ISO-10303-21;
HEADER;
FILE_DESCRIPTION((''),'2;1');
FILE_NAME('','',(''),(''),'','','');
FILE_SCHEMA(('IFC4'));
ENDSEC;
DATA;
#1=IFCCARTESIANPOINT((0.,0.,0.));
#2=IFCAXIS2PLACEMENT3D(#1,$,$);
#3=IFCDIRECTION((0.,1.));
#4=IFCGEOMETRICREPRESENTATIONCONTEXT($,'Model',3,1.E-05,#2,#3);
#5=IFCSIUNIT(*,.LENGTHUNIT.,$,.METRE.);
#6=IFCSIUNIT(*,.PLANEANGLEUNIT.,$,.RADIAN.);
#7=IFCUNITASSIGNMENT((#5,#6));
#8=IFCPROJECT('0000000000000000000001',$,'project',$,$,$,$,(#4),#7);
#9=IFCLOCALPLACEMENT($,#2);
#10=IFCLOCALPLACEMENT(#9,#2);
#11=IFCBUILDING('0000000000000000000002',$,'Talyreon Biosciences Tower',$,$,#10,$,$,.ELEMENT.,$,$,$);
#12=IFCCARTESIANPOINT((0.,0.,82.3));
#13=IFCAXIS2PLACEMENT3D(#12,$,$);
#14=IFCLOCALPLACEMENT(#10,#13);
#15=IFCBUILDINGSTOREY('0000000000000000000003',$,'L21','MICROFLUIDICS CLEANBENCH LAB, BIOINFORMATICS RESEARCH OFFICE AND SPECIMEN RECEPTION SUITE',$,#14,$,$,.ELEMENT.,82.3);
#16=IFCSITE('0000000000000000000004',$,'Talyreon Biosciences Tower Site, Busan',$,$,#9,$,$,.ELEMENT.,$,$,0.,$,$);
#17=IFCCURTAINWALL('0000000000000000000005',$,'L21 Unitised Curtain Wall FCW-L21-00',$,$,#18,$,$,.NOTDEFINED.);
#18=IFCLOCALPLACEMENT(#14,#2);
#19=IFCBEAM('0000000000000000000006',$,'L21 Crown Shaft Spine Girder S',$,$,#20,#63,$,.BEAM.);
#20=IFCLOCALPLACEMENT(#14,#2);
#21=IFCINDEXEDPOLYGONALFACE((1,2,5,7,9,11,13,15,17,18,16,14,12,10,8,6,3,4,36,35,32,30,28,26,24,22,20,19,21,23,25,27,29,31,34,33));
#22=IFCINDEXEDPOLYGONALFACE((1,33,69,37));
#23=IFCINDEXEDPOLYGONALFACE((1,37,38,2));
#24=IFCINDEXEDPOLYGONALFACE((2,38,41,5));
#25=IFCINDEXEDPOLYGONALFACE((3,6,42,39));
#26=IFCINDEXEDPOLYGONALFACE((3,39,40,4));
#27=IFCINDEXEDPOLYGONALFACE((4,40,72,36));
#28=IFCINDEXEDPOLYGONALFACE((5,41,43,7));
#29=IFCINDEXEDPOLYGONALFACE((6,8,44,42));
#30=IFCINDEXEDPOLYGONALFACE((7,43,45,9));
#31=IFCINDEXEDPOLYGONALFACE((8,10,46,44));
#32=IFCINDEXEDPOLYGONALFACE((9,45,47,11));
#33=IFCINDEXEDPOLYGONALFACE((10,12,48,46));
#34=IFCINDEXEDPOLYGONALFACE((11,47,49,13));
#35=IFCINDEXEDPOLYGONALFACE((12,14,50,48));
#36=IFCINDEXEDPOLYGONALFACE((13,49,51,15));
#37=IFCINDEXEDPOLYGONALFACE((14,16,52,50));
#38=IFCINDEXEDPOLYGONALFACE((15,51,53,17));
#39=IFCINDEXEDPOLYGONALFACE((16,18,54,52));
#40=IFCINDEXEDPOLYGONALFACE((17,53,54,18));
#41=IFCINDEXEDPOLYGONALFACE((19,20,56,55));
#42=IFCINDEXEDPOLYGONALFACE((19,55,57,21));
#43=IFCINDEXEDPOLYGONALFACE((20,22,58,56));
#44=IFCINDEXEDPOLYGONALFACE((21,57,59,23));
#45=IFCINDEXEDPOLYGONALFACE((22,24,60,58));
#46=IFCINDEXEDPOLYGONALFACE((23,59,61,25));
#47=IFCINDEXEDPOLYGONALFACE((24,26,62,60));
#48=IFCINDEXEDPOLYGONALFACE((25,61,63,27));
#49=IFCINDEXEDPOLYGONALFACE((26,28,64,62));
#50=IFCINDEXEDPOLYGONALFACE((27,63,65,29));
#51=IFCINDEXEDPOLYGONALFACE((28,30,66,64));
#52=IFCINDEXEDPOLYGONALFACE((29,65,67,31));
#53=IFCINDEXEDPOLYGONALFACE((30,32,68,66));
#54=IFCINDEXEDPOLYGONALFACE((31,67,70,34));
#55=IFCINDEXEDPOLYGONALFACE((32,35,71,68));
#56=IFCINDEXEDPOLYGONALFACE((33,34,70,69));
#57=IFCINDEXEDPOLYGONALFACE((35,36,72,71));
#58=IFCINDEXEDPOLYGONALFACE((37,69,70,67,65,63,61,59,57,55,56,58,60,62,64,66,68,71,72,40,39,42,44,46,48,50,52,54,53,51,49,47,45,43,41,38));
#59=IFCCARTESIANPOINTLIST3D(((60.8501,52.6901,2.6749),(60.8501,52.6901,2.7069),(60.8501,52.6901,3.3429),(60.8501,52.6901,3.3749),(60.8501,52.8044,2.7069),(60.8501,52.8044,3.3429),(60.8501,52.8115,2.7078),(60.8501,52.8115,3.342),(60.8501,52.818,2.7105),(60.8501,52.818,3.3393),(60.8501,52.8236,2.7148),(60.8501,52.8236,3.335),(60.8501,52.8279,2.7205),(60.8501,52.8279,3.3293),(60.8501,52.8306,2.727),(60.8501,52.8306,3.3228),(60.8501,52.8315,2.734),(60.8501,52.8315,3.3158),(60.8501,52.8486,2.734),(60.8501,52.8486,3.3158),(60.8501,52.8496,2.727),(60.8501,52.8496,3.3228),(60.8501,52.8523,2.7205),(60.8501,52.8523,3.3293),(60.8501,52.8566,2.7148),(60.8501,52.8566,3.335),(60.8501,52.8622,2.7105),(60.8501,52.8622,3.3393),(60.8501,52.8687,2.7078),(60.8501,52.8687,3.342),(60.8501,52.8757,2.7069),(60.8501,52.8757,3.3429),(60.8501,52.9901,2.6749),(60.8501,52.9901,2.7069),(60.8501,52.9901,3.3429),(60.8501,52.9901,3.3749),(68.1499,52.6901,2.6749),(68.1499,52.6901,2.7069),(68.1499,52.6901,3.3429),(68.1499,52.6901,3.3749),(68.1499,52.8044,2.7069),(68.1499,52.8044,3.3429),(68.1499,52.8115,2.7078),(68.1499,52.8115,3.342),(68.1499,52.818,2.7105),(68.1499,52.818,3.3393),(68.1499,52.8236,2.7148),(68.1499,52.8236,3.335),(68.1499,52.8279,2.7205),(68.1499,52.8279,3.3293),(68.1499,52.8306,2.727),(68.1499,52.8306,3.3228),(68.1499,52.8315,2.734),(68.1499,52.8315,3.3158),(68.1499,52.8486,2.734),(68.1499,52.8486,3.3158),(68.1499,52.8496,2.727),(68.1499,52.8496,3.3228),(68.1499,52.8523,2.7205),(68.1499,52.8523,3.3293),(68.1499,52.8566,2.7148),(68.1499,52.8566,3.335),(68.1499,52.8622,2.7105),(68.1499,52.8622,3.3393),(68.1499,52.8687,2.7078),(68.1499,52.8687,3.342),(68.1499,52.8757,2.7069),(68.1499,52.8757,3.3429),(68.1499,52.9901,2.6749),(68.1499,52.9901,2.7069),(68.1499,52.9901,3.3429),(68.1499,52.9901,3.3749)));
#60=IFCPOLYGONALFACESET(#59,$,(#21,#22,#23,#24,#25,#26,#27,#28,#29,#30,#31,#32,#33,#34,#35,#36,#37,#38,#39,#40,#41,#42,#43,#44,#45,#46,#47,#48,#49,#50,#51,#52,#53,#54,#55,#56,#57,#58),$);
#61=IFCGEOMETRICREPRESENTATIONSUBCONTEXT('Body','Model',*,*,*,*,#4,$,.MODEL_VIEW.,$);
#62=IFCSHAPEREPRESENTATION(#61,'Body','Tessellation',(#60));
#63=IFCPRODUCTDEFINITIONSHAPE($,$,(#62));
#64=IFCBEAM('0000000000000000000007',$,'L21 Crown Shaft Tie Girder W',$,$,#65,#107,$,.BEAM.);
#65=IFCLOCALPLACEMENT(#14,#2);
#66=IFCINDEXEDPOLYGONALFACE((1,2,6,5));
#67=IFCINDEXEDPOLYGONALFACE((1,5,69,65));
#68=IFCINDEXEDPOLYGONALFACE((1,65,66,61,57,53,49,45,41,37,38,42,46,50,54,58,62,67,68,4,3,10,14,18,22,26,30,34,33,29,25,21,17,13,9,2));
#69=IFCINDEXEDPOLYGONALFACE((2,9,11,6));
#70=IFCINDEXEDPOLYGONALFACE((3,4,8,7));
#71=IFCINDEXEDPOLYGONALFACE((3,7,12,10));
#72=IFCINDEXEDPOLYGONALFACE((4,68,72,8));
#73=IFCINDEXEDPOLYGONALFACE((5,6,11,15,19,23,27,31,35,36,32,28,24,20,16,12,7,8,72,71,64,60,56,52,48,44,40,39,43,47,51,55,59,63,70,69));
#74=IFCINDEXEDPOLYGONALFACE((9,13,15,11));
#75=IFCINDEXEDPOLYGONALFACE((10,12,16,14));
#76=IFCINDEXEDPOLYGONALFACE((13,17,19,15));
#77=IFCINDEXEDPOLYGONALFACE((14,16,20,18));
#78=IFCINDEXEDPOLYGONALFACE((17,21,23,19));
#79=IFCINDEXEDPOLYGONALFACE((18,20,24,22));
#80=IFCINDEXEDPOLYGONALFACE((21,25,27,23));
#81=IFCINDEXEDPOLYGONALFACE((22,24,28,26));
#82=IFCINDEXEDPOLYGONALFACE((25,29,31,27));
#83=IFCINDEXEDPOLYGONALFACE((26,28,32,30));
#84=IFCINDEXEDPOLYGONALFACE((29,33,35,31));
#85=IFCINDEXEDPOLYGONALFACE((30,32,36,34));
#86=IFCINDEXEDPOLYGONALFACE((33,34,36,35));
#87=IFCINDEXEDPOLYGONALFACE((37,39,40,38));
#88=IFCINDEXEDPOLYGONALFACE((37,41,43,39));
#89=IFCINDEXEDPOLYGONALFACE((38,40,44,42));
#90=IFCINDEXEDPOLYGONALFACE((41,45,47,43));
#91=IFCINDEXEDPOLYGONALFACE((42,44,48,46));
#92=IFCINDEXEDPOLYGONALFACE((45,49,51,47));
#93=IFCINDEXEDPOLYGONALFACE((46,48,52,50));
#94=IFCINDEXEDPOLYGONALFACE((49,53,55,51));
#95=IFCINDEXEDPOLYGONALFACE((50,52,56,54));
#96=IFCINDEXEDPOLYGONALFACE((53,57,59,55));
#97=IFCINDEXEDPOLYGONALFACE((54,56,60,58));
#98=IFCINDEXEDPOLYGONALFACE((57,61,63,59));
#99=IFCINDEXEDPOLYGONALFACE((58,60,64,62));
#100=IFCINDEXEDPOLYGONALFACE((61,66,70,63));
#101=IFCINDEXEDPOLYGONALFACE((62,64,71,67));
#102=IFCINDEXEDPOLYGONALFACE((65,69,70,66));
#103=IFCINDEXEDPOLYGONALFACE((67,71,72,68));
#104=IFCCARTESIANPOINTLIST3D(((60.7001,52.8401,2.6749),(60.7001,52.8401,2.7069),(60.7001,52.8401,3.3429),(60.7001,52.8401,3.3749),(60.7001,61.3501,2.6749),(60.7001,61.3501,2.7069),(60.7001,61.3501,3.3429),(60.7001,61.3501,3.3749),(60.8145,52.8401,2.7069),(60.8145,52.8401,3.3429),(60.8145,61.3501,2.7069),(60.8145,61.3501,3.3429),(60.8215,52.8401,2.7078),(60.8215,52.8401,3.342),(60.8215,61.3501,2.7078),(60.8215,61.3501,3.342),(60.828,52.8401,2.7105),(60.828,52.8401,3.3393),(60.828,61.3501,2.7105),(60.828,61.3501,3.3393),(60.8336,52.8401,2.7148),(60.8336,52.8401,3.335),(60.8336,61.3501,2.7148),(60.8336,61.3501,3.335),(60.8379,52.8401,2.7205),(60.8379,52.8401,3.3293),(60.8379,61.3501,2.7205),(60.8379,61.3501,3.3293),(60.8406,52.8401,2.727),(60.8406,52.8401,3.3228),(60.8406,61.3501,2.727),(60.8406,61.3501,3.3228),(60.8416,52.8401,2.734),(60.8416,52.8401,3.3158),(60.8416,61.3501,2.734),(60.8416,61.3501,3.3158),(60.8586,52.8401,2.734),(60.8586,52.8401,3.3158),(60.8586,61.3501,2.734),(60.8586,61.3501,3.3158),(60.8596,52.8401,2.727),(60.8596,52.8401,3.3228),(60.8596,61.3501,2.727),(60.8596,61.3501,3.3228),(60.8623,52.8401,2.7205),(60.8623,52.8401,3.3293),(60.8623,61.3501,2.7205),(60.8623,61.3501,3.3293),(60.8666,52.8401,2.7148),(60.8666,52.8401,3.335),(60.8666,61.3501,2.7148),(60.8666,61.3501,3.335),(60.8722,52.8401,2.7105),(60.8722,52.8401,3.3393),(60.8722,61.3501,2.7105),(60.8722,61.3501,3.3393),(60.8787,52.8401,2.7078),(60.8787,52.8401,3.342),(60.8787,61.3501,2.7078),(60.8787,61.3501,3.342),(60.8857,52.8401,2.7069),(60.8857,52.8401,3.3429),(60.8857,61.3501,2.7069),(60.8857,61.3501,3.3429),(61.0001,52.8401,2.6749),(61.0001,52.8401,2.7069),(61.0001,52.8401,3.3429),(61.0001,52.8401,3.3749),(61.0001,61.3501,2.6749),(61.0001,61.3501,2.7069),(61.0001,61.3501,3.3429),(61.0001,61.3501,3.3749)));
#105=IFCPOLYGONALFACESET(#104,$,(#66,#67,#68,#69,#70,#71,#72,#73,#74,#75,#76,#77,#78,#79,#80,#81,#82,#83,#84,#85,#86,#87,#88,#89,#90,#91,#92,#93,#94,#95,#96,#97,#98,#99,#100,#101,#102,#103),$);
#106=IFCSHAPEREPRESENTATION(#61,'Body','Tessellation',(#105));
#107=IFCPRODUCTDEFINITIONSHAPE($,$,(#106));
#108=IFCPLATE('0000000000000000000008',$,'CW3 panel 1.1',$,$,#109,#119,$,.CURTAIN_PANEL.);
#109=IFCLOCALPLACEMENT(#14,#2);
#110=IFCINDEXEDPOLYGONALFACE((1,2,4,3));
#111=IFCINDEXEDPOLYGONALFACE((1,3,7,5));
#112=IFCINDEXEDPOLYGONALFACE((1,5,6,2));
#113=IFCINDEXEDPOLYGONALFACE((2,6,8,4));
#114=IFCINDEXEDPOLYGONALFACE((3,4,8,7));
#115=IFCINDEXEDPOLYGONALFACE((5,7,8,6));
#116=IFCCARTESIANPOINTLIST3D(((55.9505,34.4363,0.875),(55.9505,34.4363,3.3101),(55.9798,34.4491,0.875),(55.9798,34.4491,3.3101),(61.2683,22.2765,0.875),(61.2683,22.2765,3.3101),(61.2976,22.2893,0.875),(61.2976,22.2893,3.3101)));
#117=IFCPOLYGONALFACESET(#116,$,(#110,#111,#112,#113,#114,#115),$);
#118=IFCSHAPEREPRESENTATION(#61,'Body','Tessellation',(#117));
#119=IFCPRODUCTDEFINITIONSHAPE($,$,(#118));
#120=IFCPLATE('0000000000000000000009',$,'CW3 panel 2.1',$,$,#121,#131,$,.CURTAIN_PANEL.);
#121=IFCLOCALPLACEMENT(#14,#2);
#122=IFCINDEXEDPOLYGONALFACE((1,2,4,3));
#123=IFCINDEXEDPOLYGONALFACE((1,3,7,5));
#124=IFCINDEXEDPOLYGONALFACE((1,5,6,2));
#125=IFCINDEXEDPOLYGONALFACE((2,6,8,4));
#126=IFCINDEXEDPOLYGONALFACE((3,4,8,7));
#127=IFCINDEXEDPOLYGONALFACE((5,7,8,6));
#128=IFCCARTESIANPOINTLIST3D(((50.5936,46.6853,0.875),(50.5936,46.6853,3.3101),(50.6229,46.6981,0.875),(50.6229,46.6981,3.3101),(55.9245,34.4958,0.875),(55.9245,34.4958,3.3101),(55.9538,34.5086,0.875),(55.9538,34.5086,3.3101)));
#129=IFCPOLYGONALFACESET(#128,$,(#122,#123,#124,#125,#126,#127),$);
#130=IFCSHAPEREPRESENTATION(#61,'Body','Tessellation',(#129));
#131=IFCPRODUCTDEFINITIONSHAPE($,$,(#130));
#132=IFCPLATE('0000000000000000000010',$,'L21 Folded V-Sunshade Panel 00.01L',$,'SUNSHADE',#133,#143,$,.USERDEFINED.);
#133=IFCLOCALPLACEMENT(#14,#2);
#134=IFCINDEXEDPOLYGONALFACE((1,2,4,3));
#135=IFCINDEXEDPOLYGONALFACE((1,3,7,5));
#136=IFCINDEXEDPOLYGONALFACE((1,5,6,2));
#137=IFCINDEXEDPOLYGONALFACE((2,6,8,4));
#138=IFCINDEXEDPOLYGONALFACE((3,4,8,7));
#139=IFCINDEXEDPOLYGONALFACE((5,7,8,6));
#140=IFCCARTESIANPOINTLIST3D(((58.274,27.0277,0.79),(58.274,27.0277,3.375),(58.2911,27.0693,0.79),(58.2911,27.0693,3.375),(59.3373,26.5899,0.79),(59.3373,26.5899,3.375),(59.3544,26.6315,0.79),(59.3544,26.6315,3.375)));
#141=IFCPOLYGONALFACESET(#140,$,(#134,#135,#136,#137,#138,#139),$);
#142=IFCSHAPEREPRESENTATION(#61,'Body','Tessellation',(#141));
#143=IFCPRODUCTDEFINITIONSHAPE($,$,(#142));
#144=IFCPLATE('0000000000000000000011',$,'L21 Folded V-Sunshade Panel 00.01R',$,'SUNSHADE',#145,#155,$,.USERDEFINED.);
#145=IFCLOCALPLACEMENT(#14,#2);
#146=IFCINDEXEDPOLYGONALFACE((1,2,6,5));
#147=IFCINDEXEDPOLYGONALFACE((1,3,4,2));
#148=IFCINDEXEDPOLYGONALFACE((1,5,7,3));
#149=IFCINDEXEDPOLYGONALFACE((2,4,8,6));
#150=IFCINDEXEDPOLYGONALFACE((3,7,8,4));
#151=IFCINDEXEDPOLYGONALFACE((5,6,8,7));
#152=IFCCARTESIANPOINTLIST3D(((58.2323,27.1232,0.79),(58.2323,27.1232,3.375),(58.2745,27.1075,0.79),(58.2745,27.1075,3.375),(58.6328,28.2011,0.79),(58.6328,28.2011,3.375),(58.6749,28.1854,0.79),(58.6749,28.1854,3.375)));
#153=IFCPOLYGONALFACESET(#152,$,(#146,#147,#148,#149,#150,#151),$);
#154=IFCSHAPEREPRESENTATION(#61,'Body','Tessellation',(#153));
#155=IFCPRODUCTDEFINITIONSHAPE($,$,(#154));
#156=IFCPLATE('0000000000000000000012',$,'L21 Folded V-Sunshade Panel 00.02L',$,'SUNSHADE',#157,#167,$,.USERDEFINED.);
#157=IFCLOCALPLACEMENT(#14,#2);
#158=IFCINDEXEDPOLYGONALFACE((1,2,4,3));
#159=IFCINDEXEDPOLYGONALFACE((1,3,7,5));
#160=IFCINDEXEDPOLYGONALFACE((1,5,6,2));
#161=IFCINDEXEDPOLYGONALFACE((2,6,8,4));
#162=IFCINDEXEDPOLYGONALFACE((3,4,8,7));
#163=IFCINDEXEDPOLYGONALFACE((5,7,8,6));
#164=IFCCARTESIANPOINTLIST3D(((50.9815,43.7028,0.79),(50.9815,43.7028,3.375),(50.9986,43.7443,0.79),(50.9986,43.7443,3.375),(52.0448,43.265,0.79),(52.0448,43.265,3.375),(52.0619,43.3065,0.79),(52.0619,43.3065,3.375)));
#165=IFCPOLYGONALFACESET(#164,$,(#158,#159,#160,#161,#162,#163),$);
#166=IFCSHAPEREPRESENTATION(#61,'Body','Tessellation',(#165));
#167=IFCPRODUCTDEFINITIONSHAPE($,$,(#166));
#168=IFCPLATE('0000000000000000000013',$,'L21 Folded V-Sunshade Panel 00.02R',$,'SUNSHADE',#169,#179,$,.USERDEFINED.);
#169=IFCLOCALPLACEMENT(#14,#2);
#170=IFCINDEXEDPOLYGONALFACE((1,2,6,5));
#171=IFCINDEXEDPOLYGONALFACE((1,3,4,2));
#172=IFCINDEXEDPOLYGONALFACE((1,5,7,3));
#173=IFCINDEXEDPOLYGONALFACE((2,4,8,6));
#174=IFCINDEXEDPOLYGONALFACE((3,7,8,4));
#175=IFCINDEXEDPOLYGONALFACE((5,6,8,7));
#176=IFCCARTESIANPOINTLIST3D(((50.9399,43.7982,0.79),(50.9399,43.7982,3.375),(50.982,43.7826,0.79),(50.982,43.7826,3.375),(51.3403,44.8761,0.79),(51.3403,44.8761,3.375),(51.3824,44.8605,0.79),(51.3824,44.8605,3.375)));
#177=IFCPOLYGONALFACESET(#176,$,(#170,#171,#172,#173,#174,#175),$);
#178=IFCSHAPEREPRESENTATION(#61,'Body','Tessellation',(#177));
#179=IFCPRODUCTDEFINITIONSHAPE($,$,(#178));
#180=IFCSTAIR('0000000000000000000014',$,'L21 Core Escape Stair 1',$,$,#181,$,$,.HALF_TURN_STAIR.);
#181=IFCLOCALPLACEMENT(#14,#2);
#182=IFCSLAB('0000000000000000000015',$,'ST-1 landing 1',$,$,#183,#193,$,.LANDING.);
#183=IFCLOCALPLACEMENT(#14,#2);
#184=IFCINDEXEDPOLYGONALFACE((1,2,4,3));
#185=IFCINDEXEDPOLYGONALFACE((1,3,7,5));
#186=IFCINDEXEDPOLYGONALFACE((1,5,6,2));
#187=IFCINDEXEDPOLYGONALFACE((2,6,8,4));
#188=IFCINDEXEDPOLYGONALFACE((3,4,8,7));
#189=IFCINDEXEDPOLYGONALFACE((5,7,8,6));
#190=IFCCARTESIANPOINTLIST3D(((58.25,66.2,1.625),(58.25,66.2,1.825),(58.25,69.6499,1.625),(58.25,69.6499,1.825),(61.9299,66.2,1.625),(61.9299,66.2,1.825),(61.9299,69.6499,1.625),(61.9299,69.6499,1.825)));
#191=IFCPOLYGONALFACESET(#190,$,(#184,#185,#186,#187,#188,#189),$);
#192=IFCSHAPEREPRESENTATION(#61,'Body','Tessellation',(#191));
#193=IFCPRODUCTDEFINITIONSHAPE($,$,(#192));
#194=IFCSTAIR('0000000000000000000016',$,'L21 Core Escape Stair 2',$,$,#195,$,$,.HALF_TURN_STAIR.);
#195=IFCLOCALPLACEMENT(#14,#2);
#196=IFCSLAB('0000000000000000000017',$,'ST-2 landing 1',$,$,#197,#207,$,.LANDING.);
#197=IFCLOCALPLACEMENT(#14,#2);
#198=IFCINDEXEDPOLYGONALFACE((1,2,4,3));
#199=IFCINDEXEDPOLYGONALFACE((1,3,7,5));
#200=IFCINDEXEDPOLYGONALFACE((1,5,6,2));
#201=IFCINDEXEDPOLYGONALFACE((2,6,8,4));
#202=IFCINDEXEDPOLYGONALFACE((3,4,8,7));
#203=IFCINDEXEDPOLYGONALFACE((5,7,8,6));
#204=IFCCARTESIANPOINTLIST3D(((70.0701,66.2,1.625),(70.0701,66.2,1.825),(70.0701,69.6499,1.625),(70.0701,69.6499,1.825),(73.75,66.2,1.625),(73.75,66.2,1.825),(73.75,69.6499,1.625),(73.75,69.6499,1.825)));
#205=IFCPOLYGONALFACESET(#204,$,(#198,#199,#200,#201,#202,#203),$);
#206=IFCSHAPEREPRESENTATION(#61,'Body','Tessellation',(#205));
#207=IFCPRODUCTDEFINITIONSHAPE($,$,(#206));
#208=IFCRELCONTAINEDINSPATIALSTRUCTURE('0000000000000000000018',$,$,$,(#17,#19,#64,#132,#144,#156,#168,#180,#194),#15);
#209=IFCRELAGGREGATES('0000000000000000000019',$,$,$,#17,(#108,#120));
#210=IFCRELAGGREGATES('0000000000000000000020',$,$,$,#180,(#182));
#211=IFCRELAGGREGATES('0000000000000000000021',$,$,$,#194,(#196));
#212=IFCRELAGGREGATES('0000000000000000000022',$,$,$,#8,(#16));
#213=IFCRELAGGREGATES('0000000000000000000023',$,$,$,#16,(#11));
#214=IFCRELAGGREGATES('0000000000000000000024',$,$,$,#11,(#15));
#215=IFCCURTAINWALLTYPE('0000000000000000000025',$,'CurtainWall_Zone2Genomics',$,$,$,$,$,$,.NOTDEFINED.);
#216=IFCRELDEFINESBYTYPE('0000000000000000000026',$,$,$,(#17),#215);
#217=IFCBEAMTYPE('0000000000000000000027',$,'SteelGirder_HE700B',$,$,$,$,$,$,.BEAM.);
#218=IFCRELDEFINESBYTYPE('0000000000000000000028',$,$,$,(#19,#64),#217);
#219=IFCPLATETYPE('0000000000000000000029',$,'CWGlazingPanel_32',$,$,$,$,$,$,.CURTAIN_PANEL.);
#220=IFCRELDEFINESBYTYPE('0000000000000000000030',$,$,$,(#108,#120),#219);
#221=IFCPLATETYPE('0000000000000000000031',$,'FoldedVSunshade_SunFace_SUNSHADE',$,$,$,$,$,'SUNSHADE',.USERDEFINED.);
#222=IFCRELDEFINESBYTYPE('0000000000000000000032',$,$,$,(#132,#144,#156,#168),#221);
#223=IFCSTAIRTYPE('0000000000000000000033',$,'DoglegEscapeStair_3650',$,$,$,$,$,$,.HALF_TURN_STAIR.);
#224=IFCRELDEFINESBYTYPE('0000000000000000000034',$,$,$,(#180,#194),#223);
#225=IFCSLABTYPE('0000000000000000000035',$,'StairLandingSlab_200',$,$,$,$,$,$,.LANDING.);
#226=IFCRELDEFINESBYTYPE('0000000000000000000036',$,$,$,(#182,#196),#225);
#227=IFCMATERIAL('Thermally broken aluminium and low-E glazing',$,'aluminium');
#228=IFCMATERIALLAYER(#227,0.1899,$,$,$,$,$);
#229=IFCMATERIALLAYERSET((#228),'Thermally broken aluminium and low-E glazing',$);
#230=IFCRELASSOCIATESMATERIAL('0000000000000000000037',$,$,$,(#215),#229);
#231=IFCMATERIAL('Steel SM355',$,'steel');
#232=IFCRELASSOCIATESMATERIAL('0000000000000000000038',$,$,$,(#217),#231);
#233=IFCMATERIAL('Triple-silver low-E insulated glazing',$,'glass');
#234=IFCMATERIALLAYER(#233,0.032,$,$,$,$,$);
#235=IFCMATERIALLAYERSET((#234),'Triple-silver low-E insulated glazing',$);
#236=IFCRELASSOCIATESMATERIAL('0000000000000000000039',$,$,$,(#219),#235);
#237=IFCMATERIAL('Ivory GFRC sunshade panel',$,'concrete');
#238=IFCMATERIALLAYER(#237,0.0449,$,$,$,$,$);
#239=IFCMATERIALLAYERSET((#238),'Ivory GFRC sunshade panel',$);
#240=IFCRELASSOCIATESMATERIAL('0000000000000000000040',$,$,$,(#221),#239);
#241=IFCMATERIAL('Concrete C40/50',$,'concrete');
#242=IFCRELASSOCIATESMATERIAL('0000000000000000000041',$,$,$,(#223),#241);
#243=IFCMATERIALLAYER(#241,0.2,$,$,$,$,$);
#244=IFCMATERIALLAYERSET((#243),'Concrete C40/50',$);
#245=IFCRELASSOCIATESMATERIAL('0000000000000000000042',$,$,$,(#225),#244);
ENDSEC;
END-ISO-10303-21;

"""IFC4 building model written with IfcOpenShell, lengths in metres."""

from ifc_helpers import new_model, si_unit, direction, frame, origin, origin_2d, place, context, subcontext, project, spatial, polyline, rectangle, i_section, outline, extrude, material, layer, layer_set, material_profile, profile_set, type_object, element, aggregate, save


model = new_model("IFC4")

# Units and contexts
model_context = context("Model", 3, precision=1e-05, world=origin(), true_north=direction((0.0, 1.0)))
body_context = subcontext(model_context, "Body", "Model", "MODEL_VIEW")
ifc_project = project(units=[si_unit("LENGTHUNIT", "METRE"), si_unit("PLANEANGLEUNIT", "RADIAN")], contexts=[model_context])

# Site, building, storey
site_placement = place(None, origin())
site = spatial("IfcSite", under=ifc_project, at=site_placement, Name="Talyreon Biosciences Tower Site, Busan", CompositionType="ELEMENT", RefElevation=0.0)
building_placement = place(site_placement, origin())
building = spatial("IfcBuilding", under=site, at=building_placement, Name="Talyreon Biosciences Tower", CompositionType="ELEMENT")
storey_placement = place(building_placement, frame((0.0, 0.0, 82.3)))
storey = spatial("IfcBuildingStorey", under=building, at=storey_placement, Name="L21", Description="MICROFLUIDICS CLEANBENCH LAB, BIOINFORMATICS RESEARCH OFFICE AND SPECIMEN RECEPTION SUITE", CompositionType="ELEMENT", Elevation=82.3)

# Curtain wall
ifc_material_1 = material(Name="Thermally broken aluminium and low-E glazing", Category="aluminium")
ifc_layer_1 = layer(ifc_material_1, 0.1899)
ifc_layer_set_1 = layer_set([ifc_layer_1], Name="Thermally broken aluminium and low-E glazing")
curtain_wall_type = type_object("IfcCurtainWallType", Name="CurtainWall_Zone2Genomics", PredefinedType="NOTDEFINED", material=ifc_layer_set_1)
curtain_wall_placement = place(storey_placement, origin())
curtain_wall = element("IfcCurtainWall", 1, at=curtain_wall_placement, inside=storey, type_object=curtain_wall_type, Name="L21 Unitised Curtain Wall FCW-L21-00", PredefinedType="NOTDEFINED")

# Beams
ifc_material_2 = material(Name="Steel SM355", Category="steel")
ifc_material_profile_1 = material_profile(ifc_material_2, i_section(OverallWidth=0.3, OverallDepth=0.7, WebThickness=0.0171, FlangeThickness=0.032, FilletRadius=0.0271, at=origin_2d()), Name="HE700B")
ifc_profile_set_1 = profile_set([ifc_material_profile_1], Name="Steel SM355")
beam_type_1 = type_object("IfcBeamType", Name="SteelGirder_HE700B", PredefinedType="BEAM", material=ifc_profile_set_1)
beam_1_placement = place(storey_placement, frame((60.8501, 52.8401, 3.0249), z_axis=(1.0, 0.0, 0.0), x_axis=(0.0, 1.0, 0.0)))
element("IfcBeam", 2, at=beam_1_placement, inside=storey, type_object=beam_type_1, Name="L21 Crown Shaft Spine Girder S", PredefinedType="BEAM", context=body_context, shape_type="SweptSolid", body=[
    extrude(i_section(OverallWidth=0.3, OverallDepth=0.7, WebThickness=0.0171, FlangeThickness=0.032, FilletRadius=0.0271, at=origin_2d()), origin(), (0.0, 0.0, 1.0), 7.2998),
])
beam_2_placement = place(storey_placement, frame((60.8501, 52.8401, 3.0249), z_axis=(0.0, 1.0, 0.0), x_axis=(-1.0, 0.0, 0.0)))
element("IfcBeam", 3, at=beam_2_placement, inside=storey, type_object=beam_type_1, Name="L21 Crown Shaft Tie Girder W", PredefinedType="BEAM", context=body_context, shape_type="SweptSolid", body=[
    extrude(i_section(OverallWidth=0.3, OverallDepth=0.7, WebThickness=0.0171, FlangeThickness=0.032, FilletRadius=0.0271, at=origin_2d()), origin(), (0.0, 0.0, 1.0), 8.51),
])

# Plates
ifc_material_3 = material(Name="Triple-silver low-E insulated glazing", Category="glass")
ifc_layer_2 = layer(ifc_material_3, 0.032)
ifc_layer_set_2 = layer_set([ifc_layer_2], Name="Triple-silver low-E insulated glazing")
plate_type_1 = type_object("IfcPlateType", Name="CWGlazingPanel_32", PredefinedType="CURTAIN_PANEL", material=ifc_layer_set_2)
plate_1_placement = place(storey_placement, frame((58.624, 28.3628, 0.875), z_axis=(0.0, 0.0, 1.0), x_axis=(-0.400689, 0.916214, 0.0)))
plate_1 = element("IfcPlate", 4, at=plate_1_placement, type_object=plate_type_1, Name="CW3 panel 1.1", PredefinedType="CURTAIN_PANEL", context=body_context, shape_type="SweptSolid", body=[
    extrude(rectangle(XDim=13.2717, YDim=0.032, at=origin_2d()), origin(), (0.0, 0.0, 1.0), 2.4351),
])
plate_2_placement = place(storey_placement, frame((53.2737, 40.5969, 0.875), z_axis=(0.0, 0.0, 1.0), x_axis=(-0.400689, 0.916214, 0.0)))
plate_2 = element("IfcPlate", 5, at=plate_2_placement, type_object=plate_type_1, Name="CW3 panel 2.1", PredefinedType="CURTAIN_PANEL", context=body_context, shape_type="SweptSolid", body=[
    extrude(rectangle(XDim=13.3042, YDim=0.032, at=origin_2d()), origin(), (0.0, 0.0, 1.0), 2.4351),
])
aggregate(curtain_wall, [plate_1, plate_2])

# Plates
ifc_material_4 = material(Name="Ivory GFRC sunshade panel", Category="concrete")
ifc_layer_3 = layer(ifc_material_4, 0.0449)
ifc_layer_set_3 = layer_set([ifc_layer_3], Name="Ivory GFRC sunshade panel")
plate_type_2 = type_object("IfcPlateType", Name="FoldedVSunshade_SunFace_SUNSHADE", ElementType="SUNSHADE", PredefinedType="USERDEFINED", material=ifc_layer_set_3)
for number, where, z_axis, x_axis, name in (
    (6, (58.8142, 26.8296, 0.79), (0.0, 0.0, 1.0), (-0.924686, 0.380731, 0.0), "L21 Folded V-Sunshade Panel 00.01L"),
    (7, (58.4536, 27.6543, 0.79), (0.0, 0.0, 1.0), (0.348228, 0.93741, 0.0), "L21 Folded V-Sunshade Panel 00.01R"),
    (8, (51.5217, 43.5046, 0.79), (0.0, 0.0, 1.0), (-0.924686, 0.380731, 0.0), "L21 Folded V-Sunshade Panel 00.02L"),
    (9, (51.1611, 44.3293, 0.79), (0.0, 0.0, 1.0), (0.348228, 0.93741, 0.0), "L21 Folded V-Sunshade Panel 00.02R"),
):
    element("IfcPlate", number, at=place(storey_placement, frame(where, z_axis=z_axis, x_axis=x_axis)), inside=storey, type_object=plate_type_2, Name=name, ObjectType="SUNSHADE", PredefinedType="USERDEFINED", context=body_context, shape_type="SweptSolid", body=[
        extrude(rectangle(XDim=1.1499, YDim=0.0449, at=origin_2d()), origin(), (0.0, 0.0, 1.0), 2.585),
    ])

# Stairs, slabs
ifc_material_5 = material(Name="Concrete C40/50", Category="concrete")
stair_type = type_object("IfcStairType", Name="DoglegEscapeStair_3650", PredefinedType="HALF_TURN_STAIR", material=ifc_material_5)
stair_1_placement = place(storey_placement, origin())
stair_1 = element("IfcStair", 10, at=stair_1_placement, inside=storey, type_object=stair_type, Name="L21 Core Escape Stair 1", PredefinedType="HALF_TURN_STAIR")
ifc_layer_4 = layer(ifc_material_5, 0.2)
ifc_layer_set_4 = layer_set([ifc_layer_4], Name="Concrete C40/50")
slab_type_1 = type_object("IfcSlabType", Name="StairLandingSlab_200", PredefinedType="LANDING", material=ifc_layer_set_4)
slab_1_placement = place(storey_placement, frame((0.0, 0.0, 1.625)))
slab_1 = element("IfcSlab", 11, at=slab_1_placement, type_object=slab_type_1, Name="ST-1 landing 1", PredefinedType="LANDING", context=body_context, shape_type="SweptSolid", body=[
    extrude(outline(polyline([(61.9299, 66.2), (61.9299, 69.6499), (58.25, 69.6499), (58.25, 66.2), (61.9299, 66.2)])), origin(), (0.0, 0.0, 1.0), 0.2),
])
aggregate(stair_1, [slab_1])
stair_2_placement = place(storey_placement, origin())
stair_2 = element("IfcStair", 12, at=stair_2_placement, inside=storey, type_object=stair_type, Name="L21 Core Escape Stair 2", PredefinedType="HALF_TURN_STAIR")
slab_2_placement = place(storey_placement, frame((0.0, 0.0, 1.625)))
slab_2 = element("IfcSlab", 13, at=slab_2_placement, type_object=slab_type_1, Name="ST-2 landing 1", PredefinedType="LANDING", context=body_context, shape_type="SweptSolid", body=[
    extrude(outline(polyline([(73.75, 66.2), (73.75, 69.6499), (70.0701, 69.6499), (70.0701, 66.2), (73.75, 66.2)])), origin(), (0.0, 0.0, 1.0), 0.2),
])
aggregate(stair_2, [slab_2])

save(model, "model.ifc")
